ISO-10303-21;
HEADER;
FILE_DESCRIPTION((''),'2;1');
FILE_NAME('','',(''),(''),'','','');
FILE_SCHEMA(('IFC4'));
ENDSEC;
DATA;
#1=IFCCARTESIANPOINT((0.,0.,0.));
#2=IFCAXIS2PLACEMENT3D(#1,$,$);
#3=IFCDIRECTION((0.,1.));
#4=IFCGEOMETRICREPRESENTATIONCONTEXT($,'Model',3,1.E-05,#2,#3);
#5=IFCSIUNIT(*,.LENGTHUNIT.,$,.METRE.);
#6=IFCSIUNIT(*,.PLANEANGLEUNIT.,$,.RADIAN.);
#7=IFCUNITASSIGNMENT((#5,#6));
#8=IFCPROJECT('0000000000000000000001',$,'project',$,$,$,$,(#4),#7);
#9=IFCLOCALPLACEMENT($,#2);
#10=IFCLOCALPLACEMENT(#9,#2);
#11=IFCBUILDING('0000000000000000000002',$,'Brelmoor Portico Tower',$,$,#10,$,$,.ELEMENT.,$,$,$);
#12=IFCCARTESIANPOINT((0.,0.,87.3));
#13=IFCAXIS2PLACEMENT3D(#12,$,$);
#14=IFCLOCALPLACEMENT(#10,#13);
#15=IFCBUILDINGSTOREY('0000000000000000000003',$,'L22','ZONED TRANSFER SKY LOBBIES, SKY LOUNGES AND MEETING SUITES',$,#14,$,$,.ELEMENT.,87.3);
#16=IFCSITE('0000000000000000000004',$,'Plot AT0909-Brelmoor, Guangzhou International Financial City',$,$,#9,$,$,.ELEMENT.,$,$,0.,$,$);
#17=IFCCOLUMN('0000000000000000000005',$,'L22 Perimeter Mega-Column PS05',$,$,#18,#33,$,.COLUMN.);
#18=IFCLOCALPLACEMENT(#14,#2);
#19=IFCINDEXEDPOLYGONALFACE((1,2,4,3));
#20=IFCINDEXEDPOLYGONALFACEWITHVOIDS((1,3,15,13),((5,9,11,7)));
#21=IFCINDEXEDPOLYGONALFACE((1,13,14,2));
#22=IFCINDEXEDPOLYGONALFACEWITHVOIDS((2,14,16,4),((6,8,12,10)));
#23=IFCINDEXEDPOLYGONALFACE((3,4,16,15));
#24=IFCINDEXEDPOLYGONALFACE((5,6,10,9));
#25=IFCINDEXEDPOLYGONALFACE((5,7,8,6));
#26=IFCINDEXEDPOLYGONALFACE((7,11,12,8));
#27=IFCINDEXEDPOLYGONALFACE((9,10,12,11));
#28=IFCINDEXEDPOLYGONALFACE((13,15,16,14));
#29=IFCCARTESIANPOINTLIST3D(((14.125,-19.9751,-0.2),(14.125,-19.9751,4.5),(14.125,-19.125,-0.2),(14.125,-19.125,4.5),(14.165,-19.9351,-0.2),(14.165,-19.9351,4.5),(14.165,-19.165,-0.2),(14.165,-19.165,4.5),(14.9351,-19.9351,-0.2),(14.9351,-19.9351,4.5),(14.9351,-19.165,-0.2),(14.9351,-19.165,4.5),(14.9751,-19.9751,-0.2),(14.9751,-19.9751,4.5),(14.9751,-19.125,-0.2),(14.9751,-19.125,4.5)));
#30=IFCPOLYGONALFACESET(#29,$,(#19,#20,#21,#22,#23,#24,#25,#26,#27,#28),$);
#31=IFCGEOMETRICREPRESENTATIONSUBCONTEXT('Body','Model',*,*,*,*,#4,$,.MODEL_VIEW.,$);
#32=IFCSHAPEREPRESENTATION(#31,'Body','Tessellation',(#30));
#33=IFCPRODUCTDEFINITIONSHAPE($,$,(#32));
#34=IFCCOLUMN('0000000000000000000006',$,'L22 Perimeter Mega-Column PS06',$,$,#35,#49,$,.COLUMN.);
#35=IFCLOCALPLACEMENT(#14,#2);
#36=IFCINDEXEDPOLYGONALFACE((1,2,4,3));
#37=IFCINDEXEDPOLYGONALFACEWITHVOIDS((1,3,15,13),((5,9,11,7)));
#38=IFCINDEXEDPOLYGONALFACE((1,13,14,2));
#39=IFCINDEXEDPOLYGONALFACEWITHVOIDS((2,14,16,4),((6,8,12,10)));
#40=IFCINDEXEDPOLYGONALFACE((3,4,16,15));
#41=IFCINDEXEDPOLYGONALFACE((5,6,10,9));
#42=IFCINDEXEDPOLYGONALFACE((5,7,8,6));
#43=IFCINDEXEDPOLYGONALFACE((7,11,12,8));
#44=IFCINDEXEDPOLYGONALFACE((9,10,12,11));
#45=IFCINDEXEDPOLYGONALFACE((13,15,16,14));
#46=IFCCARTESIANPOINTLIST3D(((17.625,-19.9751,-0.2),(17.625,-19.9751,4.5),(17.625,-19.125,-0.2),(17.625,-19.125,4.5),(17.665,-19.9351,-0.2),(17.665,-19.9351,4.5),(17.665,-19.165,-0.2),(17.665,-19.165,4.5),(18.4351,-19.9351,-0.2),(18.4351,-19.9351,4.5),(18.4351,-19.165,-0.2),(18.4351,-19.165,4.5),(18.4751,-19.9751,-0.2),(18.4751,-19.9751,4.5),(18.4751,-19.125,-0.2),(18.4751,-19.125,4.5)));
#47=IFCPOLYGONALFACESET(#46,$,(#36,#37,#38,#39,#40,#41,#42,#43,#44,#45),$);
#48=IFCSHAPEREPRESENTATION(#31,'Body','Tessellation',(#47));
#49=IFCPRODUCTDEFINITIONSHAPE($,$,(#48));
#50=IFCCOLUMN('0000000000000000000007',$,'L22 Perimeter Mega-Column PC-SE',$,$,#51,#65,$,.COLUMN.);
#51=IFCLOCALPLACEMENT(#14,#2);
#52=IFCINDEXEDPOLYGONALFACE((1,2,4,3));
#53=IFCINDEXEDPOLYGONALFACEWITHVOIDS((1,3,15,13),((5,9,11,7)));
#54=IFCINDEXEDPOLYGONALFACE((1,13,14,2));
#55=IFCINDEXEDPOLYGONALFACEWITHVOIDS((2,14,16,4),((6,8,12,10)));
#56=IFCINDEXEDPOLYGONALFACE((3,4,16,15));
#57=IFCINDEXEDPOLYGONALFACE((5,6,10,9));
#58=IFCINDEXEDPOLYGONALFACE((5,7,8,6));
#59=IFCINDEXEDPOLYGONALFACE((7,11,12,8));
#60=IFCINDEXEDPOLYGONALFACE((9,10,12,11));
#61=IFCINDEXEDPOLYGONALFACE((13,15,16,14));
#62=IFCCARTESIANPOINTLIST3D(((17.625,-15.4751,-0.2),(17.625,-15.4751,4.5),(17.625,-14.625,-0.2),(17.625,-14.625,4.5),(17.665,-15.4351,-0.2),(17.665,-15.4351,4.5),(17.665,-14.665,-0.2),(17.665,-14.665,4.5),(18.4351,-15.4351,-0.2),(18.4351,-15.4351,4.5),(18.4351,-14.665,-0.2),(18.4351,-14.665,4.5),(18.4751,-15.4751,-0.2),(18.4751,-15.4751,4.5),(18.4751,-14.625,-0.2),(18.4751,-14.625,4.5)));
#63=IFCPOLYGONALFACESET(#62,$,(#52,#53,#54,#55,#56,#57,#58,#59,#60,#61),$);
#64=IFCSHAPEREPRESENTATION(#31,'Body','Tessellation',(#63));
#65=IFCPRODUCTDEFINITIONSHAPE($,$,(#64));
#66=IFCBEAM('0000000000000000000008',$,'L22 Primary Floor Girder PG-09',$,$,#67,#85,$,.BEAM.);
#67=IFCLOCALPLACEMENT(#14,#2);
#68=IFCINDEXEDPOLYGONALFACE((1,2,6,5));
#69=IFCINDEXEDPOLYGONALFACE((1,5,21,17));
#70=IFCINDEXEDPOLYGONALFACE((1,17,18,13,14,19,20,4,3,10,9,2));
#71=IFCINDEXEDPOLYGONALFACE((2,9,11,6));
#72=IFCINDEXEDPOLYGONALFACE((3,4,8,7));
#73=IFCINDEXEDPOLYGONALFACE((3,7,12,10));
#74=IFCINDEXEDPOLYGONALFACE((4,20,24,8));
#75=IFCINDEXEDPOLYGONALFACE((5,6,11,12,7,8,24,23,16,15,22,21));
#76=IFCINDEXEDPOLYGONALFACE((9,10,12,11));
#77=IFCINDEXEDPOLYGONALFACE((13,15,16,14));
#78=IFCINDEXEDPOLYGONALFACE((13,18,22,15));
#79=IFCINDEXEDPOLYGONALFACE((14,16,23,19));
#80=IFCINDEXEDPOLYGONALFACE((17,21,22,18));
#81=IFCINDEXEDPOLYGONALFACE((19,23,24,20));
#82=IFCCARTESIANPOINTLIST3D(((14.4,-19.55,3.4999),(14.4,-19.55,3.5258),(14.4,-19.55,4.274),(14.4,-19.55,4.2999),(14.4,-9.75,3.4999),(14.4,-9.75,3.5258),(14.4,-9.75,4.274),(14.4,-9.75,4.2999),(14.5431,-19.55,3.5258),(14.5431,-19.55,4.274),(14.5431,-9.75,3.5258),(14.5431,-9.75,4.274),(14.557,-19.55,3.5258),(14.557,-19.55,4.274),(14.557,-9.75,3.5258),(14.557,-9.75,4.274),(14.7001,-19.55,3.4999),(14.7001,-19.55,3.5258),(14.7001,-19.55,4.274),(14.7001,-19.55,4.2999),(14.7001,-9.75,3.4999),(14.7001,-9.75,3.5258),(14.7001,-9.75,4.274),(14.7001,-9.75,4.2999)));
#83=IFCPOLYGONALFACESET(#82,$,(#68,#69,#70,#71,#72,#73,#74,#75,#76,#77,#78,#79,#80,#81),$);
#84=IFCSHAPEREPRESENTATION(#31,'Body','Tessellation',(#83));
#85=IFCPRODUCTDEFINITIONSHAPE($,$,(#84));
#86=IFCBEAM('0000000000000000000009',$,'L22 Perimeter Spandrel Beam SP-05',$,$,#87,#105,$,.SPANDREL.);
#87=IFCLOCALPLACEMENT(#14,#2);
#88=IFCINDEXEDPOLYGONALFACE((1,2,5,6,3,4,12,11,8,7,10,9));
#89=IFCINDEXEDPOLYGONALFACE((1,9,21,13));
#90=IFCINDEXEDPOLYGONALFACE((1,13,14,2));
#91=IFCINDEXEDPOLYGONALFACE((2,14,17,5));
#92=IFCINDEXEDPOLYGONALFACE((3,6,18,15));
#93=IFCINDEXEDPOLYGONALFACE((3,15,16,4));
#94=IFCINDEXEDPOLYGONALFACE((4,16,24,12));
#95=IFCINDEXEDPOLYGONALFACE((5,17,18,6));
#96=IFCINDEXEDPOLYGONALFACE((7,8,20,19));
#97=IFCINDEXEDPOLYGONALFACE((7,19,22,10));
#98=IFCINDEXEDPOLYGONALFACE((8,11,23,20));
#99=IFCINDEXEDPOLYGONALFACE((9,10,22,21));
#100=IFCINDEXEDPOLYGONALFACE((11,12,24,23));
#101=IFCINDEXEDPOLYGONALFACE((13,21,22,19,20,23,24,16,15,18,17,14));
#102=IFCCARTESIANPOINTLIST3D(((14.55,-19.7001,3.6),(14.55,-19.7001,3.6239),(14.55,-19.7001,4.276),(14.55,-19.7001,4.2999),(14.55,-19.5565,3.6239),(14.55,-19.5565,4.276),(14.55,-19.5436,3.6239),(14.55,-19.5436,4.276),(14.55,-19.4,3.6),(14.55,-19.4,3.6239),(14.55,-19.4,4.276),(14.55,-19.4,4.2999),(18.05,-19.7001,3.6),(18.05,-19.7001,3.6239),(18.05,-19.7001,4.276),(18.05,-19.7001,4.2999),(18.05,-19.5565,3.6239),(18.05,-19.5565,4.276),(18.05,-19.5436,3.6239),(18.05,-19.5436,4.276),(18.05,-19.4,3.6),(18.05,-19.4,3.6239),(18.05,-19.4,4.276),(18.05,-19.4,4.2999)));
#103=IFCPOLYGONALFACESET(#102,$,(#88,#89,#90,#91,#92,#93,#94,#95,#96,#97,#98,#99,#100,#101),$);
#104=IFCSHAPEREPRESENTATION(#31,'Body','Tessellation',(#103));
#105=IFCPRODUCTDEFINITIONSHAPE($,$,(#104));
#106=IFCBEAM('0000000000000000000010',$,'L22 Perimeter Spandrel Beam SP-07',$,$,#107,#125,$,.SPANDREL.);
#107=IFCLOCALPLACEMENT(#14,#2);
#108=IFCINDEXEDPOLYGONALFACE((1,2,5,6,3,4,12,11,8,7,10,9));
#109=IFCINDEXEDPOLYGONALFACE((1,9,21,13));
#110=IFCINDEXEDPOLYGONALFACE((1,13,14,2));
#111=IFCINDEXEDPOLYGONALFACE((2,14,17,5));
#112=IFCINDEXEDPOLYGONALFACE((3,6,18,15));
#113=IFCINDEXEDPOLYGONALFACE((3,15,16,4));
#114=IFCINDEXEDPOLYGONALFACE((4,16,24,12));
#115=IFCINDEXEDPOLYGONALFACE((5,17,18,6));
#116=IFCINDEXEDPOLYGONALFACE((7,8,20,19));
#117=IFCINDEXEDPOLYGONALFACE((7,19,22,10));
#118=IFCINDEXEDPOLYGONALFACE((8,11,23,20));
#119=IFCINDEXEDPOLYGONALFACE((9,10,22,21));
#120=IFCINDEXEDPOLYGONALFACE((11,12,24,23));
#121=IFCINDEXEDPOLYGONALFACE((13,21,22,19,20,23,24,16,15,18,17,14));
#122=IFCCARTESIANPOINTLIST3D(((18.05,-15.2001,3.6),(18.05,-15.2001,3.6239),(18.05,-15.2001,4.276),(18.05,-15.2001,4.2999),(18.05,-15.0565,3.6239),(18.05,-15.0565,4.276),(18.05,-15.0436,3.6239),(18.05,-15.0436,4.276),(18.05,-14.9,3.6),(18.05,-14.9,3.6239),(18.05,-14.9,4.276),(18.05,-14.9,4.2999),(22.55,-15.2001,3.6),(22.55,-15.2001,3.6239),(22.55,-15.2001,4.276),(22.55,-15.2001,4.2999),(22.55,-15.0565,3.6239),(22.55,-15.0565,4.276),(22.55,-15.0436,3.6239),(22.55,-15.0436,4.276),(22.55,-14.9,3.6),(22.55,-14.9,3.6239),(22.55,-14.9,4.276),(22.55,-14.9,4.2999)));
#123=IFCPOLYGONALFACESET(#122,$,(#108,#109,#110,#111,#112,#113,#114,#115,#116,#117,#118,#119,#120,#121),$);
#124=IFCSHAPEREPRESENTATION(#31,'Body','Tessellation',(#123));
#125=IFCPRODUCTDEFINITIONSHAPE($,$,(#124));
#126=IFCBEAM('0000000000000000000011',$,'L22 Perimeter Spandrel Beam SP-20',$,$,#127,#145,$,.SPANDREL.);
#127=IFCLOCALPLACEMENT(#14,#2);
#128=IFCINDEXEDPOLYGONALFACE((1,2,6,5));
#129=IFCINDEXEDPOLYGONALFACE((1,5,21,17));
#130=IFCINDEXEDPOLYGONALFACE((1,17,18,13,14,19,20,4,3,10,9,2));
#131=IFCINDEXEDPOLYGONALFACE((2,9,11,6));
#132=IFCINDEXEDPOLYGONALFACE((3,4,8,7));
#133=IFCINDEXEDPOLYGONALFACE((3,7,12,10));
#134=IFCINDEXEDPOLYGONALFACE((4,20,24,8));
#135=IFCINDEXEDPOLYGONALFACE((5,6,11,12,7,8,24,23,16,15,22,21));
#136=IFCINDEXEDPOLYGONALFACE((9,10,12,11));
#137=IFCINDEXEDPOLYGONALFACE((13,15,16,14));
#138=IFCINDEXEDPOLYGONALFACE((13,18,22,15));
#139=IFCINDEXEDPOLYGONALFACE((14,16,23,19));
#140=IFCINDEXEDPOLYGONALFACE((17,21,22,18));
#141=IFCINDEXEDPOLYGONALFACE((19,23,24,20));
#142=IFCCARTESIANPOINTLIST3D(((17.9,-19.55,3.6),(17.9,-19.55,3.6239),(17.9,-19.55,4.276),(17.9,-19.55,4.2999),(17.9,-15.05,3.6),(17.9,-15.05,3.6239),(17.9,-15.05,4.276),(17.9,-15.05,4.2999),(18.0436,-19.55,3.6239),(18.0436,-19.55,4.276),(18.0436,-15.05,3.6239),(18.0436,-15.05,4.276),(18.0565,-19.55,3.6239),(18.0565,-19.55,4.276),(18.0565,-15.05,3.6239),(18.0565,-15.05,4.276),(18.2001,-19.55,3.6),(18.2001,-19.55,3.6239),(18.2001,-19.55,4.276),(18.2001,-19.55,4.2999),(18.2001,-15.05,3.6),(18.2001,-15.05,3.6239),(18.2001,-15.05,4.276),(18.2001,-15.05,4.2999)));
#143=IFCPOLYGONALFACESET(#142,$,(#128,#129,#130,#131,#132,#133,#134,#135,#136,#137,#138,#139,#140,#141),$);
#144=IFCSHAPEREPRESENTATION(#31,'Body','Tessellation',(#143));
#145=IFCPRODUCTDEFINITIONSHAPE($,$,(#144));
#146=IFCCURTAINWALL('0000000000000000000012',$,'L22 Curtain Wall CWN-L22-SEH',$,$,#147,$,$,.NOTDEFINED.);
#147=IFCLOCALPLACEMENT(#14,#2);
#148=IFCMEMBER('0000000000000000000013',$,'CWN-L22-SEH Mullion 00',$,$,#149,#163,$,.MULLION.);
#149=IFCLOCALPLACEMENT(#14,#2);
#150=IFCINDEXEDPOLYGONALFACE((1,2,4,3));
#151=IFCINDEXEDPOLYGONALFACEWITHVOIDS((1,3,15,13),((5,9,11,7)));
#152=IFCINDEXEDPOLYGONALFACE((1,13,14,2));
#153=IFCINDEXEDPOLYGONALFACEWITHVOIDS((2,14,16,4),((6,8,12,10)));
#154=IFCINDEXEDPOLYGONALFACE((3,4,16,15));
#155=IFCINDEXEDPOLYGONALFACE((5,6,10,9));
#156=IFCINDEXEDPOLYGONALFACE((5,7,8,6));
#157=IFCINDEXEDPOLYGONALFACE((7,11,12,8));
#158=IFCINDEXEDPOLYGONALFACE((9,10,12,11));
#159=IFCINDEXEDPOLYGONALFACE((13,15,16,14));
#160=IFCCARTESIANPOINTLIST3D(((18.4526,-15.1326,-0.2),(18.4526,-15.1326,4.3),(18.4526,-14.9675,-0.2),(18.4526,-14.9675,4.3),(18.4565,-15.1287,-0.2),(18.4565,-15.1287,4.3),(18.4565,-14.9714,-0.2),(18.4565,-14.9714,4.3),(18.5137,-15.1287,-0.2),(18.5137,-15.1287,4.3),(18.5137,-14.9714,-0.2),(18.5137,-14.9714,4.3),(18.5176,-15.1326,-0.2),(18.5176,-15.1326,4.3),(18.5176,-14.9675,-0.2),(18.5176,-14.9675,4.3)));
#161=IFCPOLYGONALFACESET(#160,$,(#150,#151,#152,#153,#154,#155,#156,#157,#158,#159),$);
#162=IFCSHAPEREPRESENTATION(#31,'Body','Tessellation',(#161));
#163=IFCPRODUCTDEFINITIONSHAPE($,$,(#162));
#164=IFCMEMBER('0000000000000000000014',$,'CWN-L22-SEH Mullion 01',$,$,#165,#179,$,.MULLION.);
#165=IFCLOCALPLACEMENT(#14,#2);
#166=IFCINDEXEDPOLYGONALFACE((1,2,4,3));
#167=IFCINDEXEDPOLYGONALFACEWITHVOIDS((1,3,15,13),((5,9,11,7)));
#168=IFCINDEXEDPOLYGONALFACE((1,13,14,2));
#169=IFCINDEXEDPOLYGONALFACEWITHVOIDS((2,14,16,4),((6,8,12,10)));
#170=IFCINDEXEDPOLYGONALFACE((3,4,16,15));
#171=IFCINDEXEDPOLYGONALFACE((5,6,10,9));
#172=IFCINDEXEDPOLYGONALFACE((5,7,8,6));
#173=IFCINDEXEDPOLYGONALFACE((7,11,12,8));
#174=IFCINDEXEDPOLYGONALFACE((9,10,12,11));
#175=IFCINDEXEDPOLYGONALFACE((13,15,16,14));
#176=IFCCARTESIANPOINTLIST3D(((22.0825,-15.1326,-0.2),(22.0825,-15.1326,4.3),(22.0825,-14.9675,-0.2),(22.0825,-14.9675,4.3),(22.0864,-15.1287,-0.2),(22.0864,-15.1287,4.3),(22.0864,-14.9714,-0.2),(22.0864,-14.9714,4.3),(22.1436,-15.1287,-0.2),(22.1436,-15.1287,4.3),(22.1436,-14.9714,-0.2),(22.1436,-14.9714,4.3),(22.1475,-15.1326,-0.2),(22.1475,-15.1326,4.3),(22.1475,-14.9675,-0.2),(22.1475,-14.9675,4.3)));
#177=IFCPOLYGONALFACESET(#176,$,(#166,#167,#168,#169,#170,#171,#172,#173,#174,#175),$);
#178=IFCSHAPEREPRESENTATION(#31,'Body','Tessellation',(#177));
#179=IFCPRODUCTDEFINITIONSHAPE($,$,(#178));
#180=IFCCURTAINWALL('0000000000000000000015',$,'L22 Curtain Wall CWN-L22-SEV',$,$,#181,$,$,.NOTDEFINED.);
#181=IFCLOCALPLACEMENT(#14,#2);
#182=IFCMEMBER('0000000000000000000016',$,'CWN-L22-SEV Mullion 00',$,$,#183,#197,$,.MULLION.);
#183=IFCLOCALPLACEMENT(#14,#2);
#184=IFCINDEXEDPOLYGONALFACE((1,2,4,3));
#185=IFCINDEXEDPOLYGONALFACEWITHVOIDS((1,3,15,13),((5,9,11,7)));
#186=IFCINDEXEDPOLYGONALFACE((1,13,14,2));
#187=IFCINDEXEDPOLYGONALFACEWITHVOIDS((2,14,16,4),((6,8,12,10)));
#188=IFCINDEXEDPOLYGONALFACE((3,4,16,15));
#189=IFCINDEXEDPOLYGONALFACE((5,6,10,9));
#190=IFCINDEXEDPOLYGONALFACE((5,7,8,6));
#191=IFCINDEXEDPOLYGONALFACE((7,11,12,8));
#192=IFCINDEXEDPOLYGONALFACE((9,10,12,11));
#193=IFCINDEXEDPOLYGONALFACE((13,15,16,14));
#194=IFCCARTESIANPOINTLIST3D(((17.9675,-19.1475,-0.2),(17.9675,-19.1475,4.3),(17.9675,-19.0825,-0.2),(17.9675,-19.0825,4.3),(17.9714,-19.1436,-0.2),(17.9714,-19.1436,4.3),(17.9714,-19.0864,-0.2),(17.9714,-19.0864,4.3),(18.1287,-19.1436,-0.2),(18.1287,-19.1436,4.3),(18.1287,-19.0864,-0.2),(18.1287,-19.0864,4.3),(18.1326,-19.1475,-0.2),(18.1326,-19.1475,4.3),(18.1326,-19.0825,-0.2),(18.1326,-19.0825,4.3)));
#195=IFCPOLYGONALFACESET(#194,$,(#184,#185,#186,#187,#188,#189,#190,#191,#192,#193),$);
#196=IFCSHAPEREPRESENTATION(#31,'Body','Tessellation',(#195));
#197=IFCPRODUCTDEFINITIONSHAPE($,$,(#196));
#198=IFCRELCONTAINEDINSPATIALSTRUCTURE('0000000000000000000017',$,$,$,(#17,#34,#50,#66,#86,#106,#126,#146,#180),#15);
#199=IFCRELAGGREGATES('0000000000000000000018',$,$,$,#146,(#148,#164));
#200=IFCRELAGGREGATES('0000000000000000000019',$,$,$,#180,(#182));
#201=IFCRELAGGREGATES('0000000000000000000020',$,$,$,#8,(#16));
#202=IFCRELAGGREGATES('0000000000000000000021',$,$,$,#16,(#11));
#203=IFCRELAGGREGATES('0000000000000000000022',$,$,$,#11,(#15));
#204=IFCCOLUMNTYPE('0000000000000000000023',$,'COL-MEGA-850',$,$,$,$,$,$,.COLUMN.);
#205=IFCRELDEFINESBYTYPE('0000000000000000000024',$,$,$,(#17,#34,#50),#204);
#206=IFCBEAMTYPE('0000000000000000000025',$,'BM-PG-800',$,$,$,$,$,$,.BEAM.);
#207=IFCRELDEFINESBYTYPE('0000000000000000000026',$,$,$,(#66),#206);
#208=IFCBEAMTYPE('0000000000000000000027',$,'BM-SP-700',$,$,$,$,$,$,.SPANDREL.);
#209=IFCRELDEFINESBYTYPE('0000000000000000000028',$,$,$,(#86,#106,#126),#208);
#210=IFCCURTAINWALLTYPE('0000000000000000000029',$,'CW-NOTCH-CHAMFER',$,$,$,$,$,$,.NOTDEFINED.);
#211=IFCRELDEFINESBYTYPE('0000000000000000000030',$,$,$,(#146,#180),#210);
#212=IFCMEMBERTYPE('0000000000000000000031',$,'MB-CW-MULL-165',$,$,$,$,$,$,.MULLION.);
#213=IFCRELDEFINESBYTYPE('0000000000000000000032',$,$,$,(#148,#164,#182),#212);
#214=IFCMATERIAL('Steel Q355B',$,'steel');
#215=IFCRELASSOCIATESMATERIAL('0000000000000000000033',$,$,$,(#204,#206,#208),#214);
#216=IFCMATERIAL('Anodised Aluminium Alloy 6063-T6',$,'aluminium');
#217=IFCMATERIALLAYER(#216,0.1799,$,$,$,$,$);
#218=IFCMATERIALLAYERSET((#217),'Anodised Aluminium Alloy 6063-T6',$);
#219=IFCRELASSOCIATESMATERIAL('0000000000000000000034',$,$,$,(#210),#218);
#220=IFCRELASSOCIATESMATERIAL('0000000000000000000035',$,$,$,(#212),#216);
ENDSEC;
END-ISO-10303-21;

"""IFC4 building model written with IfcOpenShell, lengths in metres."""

from ifc_helpers import new_model, si_unit, direction, frame, origin, origin_2d, place, context, subcontext, project, spatial, hollow_rectangle, i_section, extrude, material, layer, layer_set, material_profile, profile_set, type_object, element, aggregate, save


model = new_model("IFC4")

# Units and contexts
model_context = context("Model", 3, precision=1e-05, world=origin(), true_north=direction((0.0, 1.0)))
body_context = subcontext(model_context, "Body", "Model", "MODEL_VIEW")
ifc_project = project(units=[si_unit("LENGTHUNIT", "METRE"), si_unit("PLANEANGLEUNIT", "RADIAN")], contexts=[model_context])

# Site, building, storey
site_placement = place(None, origin())
site = spatial("IfcSite", under=ifc_project, at=site_placement, Name="Plot AT0909-Brelmoor, Guangzhou International Financial City", CompositionType="ELEMENT", RefElevation=0.0)
building_placement = place(site_placement, origin())
building = spatial("IfcBuilding", under=site, at=building_placement, Name="Brelmoor Portico Tower", CompositionType="ELEMENT")
storey_placement = place(building_placement, frame((0.0, 0.0, 87.3)))
storey = spatial("IfcBuildingStorey", under=building, at=storey_placement, Name="L22", Description="ZONED TRANSFER SKY LOBBIES, SKY LOUNGES AND MEETING SUITES", CompositionType="ELEMENT", Elevation=87.3)

# Columns
ifc_material_1 = material(Name="Steel Q355B", Category="steel")
ifc_material_profile_1 = material_profile(ifc_material_1, hollow_rectangle(XDim=0.8501, YDim=0.8501, WallThickness=0.04, at=origin_2d()), Name="BOX 850x850x40")
ifc_profile_set_1 = profile_set([ifc_material_profile_1], Name="Steel Q355B")
column_type = type_object("IfcColumnType", Name="COL-MEGA-850", PredefinedType="COLUMN", material=ifc_profile_set_1)
for number, where, z_axis, x_axis, name in (
    (1, (14.55, -19.55, -0.2), (0.0, 0.0, 1.0), (1.0, 0.0, 0.0), "L22 Perimeter Mega-Column PS05"),
    (2, (18.05, -19.55, -0.2), (0.0, 0.0, 1.0), (1.0, 0.0, 0.0), "L22 Perimeter Mega-Column PS06"),
    (3, (18.05, -15.05, -0.2), (0.0, 0.0, 1.0), (1.0, 0.0, 0.0), "L22 Perimeter Mega-Column PC-SE"),
):
    element("IfcColumn", number, at=place(storey_placement, frame(where, z_axis=z_axis, x_axis=x_axis)), inside=storey, type_object=column_type, Name=name, PredefinedType="COLUMN", context=body_context, shape_type="SweptSolid", body=[
        extrude(hollow_rectangle(XDim=0.8501, YDim=0.8501, WallThickness=0.04, at=origin_2d()), origin(), (0.0, 0.0, 1.0), 4.7),
    ])

# Beams
ifc_material_profile_2 = material_profile(ifc_material_1, i_section(OverallWidth=0.3, OverallDepth=0.8, WebThickness=0.0139, FlangeThickness=0.0259, at=origin_2d()), Name="HN 800x300x14x26")
ifc_profile_set_2 = profile_set([ifc_material_profile_2], Name="Steel Q355B")
beam_type_1 = type_object("IfcBeamType", Name="BM-PG-800", PredefinedType="BEAM", material=ifc_profile_set_2)
beam_1_placement = place(storey_placement, frame((14.55, -19.55, 3.8999), z_axis=(0.0, 1.0, 0.0), x_axis=(-1.0, 0.0, 0.0)))
element("IfcBeam", 4, at=beam_1_placement, inside=storey, type_object=beam_type_1, Name="L22 Primary Floor Girder PG-09", PredefinedType="BEAM", context=body_context, shape_type="SweptSolid", body=[
    extrude(i_section(OverallWidth=0.3, OverallDepth=0.8, WebThickness=0.0139, FlangeThickness=0.0259, at=origin_2d()), origin(), (0.0, 0.0, 1.0), 9.8),
])
ifc_material_profile_3 = material_profile(ifc_material_1, i_section(OverallWidth=0.3, OverallDepth=0.7, WebThickness=0.0129, FlangeThickness=0.0239, at=origin_2d()), Name="HN 700x300x13x24")
ifc_profile_set_3 = profile_set([ifc_material_profile_3], Name="Steel Q355B")
beam_type_2 = type_object("IfcBeamType", Name="BM-SP-700", PredefinedType="SPANDREL", material=ifc_profile_set_3)
beam_2_placement = place(storey_placement, frame((14.55, -19.55, 3.95), z_axis=(1.0, 0.0, 0.0), x_axis=(0.0, 1.0, 0.0)))
element("IfcBeam", 5, at=beam_2_placement, inside=storey, type_object=beam_type_2, Name="L22 Perimeter Spandrel Beam SP-05", PredefinedType="SPANDREL", context=body_context, shape_type="SweptSolid", body=[
    extrude(i_section(OverallWidth=0.3, OverallDepth=0.7, WebThickness=0.0129, FlangeThickness=0.0239, at=origin_2d()), origin(), (0.0, 0.0, 1.0), 3.5),
])
for number, where, z_axis, x_axis, name in (
    (6, (18.05, -15.05, 3.95), (1.0, 0.0, 0.0), (0.0, 1.0, 0.0), "L22 Perimeter Spandrel Beam SP-07"),
    (7, (18.05, -19.55, 3.95), (0.0, 1.0, 0.0), (-1.0, 0.0, 0.0), "L22 Perimeter Spandrel Beam SP-20"),
):
    element("IfcBeam", number, at=place(storey_placement, frame(where, z_axis=z_axis, x_axis=x_axis)), inside=storey, type_object=beam_type_2, Name=name, PredefinedType="SPANDREL", context=body_context, shape_type="SweptSolid", body=[
        extrude(i_section(OverallWidth=0.3, OverallDepth=0.7, WebThickness=0.0129, FlangeThickness=0.0239, at=origin_2d()), origin(), (0.0, 0.0, 1.0), 4.5),
    ])

# Curtain walls, members
ifc_material_2 = material(Name="Anodised Aluminium Alloy 6063-T6", Category="aluminium")
ifc_layer_1 = layer(ifc_material_2, 0.1799)
ifc_layer_set_1 = layer_set([ifc_layer_1], Name="Anodised Aluminium Alloy 6063-T6")
curtain_wall_type_1 = type_object("IfcCurtainWallType", Name="CW-NOTCH-CHAMFER", PredefinedType="NOTDEFINED", material=ifc_layer_set_1)
curtain_wall_1_placement = place(storey_placement, origin())
curtain_wall_1 = element("IfcCurtainWall", 8, at=curtain_wall_1_placement, inside=storey, type_object=curtain_wall_type_1, Name="L22 Curtain Wall CWN-L22-SEH", PredefinedType="NOTDEFINED")
ifc_material_profile_4 = material_profile(ifc_material_2, hollow_rectangle(XDim=0.0649, YDim=0.165, WallThickness=0.0039, at=origin_2d()), Name="ALU MULLION 65x165")
ifc_profile_set_4 = profile_set([ifc_material_profile_4], Name="Anodised Aluminium Alloy 6063-T6")
member_type_1 = type_object("IfcMemberType", Name="MB-CW-MULL-165", PredefinedType="MULLION", material=ifc_profile_set_4)
member_1_placement = place(storey_placement, frame((18.4851, -15.05, -0.2), z_axis=(0.0, 0.0, 1.0), x_axis=(1.0, 0.0, 0.0)))
member_1 = element("IfcMember", 9, at=member_1_placement, type_object=member_type_1, Name="CWN-L22-SEH Mullion 00", PredefinedType="MULLION", context=body_context, shape_type="SweptSolid", body=[
    extrude(hollow_rectangle(XDim=0.0649, YDim=0.165, WallThickness=0.0039, at=origin_2d()), origin(), (0.0, 0.0, 1.0), 4.5),
])
member_2_placement = place(storey_placement, frame((22.115, -15.05, -0.2), z_axis=(0.0, 0.0, 1.0), x_axis=(1.0, 0.0, 0.0)))
member_2 = element("IfcMember", 10, at=member_2_placement, type_object=member_type_1, Name="CWN-L22-SEH Mullion 01", PredefinedType="MULLION", context=body_context, shape_type="SweptSolid", body=[
    extrude(hollow_rectangle(XDim=0.0649, YDim=0.165, WallThickness=0.0039, at=origin_2d()), origin(), (0.0, 0.0, 1.0), 4.5),
])
curtain_wall_2_placement = place(storey_placement, origin())
curtain_wall_2 = element("IfcCurtainWall", 11, at=curtain_wall_2_placement, inside=storey, type_object=curtain_wall_type_1, Name="L22 Curtain Wall CWN-L22-SEV", PredefinedType="NOTDEFINED")
member_3_placement = place(storey_placement, frame((18.05, -19.115, -0.2), z_axis=(0.0, 0.0, 1.0), x_axis=(0.0, 1.0, 0.0)))
member_3 = element("IfcMember", 12, at=member_3_placement, type_object=member_type_1, Name="CWN-L22-SEV Mullion 00", PredefinedType="MULLION", context=body_context, shape_type="SweptSolid", body=[
    extrude(hollow_rectangle(XDim=0.0649, YDim=0.165, WallThickness=0.0039, at=origin_2d()), origin(), (0.0, 0.0, 1.0), 4.5),
])

aggregate(curtain_wall_1, [member_1, member_2])
aggregate(curtain_wall_2, [member_3])

save(model, "model.ifc")
